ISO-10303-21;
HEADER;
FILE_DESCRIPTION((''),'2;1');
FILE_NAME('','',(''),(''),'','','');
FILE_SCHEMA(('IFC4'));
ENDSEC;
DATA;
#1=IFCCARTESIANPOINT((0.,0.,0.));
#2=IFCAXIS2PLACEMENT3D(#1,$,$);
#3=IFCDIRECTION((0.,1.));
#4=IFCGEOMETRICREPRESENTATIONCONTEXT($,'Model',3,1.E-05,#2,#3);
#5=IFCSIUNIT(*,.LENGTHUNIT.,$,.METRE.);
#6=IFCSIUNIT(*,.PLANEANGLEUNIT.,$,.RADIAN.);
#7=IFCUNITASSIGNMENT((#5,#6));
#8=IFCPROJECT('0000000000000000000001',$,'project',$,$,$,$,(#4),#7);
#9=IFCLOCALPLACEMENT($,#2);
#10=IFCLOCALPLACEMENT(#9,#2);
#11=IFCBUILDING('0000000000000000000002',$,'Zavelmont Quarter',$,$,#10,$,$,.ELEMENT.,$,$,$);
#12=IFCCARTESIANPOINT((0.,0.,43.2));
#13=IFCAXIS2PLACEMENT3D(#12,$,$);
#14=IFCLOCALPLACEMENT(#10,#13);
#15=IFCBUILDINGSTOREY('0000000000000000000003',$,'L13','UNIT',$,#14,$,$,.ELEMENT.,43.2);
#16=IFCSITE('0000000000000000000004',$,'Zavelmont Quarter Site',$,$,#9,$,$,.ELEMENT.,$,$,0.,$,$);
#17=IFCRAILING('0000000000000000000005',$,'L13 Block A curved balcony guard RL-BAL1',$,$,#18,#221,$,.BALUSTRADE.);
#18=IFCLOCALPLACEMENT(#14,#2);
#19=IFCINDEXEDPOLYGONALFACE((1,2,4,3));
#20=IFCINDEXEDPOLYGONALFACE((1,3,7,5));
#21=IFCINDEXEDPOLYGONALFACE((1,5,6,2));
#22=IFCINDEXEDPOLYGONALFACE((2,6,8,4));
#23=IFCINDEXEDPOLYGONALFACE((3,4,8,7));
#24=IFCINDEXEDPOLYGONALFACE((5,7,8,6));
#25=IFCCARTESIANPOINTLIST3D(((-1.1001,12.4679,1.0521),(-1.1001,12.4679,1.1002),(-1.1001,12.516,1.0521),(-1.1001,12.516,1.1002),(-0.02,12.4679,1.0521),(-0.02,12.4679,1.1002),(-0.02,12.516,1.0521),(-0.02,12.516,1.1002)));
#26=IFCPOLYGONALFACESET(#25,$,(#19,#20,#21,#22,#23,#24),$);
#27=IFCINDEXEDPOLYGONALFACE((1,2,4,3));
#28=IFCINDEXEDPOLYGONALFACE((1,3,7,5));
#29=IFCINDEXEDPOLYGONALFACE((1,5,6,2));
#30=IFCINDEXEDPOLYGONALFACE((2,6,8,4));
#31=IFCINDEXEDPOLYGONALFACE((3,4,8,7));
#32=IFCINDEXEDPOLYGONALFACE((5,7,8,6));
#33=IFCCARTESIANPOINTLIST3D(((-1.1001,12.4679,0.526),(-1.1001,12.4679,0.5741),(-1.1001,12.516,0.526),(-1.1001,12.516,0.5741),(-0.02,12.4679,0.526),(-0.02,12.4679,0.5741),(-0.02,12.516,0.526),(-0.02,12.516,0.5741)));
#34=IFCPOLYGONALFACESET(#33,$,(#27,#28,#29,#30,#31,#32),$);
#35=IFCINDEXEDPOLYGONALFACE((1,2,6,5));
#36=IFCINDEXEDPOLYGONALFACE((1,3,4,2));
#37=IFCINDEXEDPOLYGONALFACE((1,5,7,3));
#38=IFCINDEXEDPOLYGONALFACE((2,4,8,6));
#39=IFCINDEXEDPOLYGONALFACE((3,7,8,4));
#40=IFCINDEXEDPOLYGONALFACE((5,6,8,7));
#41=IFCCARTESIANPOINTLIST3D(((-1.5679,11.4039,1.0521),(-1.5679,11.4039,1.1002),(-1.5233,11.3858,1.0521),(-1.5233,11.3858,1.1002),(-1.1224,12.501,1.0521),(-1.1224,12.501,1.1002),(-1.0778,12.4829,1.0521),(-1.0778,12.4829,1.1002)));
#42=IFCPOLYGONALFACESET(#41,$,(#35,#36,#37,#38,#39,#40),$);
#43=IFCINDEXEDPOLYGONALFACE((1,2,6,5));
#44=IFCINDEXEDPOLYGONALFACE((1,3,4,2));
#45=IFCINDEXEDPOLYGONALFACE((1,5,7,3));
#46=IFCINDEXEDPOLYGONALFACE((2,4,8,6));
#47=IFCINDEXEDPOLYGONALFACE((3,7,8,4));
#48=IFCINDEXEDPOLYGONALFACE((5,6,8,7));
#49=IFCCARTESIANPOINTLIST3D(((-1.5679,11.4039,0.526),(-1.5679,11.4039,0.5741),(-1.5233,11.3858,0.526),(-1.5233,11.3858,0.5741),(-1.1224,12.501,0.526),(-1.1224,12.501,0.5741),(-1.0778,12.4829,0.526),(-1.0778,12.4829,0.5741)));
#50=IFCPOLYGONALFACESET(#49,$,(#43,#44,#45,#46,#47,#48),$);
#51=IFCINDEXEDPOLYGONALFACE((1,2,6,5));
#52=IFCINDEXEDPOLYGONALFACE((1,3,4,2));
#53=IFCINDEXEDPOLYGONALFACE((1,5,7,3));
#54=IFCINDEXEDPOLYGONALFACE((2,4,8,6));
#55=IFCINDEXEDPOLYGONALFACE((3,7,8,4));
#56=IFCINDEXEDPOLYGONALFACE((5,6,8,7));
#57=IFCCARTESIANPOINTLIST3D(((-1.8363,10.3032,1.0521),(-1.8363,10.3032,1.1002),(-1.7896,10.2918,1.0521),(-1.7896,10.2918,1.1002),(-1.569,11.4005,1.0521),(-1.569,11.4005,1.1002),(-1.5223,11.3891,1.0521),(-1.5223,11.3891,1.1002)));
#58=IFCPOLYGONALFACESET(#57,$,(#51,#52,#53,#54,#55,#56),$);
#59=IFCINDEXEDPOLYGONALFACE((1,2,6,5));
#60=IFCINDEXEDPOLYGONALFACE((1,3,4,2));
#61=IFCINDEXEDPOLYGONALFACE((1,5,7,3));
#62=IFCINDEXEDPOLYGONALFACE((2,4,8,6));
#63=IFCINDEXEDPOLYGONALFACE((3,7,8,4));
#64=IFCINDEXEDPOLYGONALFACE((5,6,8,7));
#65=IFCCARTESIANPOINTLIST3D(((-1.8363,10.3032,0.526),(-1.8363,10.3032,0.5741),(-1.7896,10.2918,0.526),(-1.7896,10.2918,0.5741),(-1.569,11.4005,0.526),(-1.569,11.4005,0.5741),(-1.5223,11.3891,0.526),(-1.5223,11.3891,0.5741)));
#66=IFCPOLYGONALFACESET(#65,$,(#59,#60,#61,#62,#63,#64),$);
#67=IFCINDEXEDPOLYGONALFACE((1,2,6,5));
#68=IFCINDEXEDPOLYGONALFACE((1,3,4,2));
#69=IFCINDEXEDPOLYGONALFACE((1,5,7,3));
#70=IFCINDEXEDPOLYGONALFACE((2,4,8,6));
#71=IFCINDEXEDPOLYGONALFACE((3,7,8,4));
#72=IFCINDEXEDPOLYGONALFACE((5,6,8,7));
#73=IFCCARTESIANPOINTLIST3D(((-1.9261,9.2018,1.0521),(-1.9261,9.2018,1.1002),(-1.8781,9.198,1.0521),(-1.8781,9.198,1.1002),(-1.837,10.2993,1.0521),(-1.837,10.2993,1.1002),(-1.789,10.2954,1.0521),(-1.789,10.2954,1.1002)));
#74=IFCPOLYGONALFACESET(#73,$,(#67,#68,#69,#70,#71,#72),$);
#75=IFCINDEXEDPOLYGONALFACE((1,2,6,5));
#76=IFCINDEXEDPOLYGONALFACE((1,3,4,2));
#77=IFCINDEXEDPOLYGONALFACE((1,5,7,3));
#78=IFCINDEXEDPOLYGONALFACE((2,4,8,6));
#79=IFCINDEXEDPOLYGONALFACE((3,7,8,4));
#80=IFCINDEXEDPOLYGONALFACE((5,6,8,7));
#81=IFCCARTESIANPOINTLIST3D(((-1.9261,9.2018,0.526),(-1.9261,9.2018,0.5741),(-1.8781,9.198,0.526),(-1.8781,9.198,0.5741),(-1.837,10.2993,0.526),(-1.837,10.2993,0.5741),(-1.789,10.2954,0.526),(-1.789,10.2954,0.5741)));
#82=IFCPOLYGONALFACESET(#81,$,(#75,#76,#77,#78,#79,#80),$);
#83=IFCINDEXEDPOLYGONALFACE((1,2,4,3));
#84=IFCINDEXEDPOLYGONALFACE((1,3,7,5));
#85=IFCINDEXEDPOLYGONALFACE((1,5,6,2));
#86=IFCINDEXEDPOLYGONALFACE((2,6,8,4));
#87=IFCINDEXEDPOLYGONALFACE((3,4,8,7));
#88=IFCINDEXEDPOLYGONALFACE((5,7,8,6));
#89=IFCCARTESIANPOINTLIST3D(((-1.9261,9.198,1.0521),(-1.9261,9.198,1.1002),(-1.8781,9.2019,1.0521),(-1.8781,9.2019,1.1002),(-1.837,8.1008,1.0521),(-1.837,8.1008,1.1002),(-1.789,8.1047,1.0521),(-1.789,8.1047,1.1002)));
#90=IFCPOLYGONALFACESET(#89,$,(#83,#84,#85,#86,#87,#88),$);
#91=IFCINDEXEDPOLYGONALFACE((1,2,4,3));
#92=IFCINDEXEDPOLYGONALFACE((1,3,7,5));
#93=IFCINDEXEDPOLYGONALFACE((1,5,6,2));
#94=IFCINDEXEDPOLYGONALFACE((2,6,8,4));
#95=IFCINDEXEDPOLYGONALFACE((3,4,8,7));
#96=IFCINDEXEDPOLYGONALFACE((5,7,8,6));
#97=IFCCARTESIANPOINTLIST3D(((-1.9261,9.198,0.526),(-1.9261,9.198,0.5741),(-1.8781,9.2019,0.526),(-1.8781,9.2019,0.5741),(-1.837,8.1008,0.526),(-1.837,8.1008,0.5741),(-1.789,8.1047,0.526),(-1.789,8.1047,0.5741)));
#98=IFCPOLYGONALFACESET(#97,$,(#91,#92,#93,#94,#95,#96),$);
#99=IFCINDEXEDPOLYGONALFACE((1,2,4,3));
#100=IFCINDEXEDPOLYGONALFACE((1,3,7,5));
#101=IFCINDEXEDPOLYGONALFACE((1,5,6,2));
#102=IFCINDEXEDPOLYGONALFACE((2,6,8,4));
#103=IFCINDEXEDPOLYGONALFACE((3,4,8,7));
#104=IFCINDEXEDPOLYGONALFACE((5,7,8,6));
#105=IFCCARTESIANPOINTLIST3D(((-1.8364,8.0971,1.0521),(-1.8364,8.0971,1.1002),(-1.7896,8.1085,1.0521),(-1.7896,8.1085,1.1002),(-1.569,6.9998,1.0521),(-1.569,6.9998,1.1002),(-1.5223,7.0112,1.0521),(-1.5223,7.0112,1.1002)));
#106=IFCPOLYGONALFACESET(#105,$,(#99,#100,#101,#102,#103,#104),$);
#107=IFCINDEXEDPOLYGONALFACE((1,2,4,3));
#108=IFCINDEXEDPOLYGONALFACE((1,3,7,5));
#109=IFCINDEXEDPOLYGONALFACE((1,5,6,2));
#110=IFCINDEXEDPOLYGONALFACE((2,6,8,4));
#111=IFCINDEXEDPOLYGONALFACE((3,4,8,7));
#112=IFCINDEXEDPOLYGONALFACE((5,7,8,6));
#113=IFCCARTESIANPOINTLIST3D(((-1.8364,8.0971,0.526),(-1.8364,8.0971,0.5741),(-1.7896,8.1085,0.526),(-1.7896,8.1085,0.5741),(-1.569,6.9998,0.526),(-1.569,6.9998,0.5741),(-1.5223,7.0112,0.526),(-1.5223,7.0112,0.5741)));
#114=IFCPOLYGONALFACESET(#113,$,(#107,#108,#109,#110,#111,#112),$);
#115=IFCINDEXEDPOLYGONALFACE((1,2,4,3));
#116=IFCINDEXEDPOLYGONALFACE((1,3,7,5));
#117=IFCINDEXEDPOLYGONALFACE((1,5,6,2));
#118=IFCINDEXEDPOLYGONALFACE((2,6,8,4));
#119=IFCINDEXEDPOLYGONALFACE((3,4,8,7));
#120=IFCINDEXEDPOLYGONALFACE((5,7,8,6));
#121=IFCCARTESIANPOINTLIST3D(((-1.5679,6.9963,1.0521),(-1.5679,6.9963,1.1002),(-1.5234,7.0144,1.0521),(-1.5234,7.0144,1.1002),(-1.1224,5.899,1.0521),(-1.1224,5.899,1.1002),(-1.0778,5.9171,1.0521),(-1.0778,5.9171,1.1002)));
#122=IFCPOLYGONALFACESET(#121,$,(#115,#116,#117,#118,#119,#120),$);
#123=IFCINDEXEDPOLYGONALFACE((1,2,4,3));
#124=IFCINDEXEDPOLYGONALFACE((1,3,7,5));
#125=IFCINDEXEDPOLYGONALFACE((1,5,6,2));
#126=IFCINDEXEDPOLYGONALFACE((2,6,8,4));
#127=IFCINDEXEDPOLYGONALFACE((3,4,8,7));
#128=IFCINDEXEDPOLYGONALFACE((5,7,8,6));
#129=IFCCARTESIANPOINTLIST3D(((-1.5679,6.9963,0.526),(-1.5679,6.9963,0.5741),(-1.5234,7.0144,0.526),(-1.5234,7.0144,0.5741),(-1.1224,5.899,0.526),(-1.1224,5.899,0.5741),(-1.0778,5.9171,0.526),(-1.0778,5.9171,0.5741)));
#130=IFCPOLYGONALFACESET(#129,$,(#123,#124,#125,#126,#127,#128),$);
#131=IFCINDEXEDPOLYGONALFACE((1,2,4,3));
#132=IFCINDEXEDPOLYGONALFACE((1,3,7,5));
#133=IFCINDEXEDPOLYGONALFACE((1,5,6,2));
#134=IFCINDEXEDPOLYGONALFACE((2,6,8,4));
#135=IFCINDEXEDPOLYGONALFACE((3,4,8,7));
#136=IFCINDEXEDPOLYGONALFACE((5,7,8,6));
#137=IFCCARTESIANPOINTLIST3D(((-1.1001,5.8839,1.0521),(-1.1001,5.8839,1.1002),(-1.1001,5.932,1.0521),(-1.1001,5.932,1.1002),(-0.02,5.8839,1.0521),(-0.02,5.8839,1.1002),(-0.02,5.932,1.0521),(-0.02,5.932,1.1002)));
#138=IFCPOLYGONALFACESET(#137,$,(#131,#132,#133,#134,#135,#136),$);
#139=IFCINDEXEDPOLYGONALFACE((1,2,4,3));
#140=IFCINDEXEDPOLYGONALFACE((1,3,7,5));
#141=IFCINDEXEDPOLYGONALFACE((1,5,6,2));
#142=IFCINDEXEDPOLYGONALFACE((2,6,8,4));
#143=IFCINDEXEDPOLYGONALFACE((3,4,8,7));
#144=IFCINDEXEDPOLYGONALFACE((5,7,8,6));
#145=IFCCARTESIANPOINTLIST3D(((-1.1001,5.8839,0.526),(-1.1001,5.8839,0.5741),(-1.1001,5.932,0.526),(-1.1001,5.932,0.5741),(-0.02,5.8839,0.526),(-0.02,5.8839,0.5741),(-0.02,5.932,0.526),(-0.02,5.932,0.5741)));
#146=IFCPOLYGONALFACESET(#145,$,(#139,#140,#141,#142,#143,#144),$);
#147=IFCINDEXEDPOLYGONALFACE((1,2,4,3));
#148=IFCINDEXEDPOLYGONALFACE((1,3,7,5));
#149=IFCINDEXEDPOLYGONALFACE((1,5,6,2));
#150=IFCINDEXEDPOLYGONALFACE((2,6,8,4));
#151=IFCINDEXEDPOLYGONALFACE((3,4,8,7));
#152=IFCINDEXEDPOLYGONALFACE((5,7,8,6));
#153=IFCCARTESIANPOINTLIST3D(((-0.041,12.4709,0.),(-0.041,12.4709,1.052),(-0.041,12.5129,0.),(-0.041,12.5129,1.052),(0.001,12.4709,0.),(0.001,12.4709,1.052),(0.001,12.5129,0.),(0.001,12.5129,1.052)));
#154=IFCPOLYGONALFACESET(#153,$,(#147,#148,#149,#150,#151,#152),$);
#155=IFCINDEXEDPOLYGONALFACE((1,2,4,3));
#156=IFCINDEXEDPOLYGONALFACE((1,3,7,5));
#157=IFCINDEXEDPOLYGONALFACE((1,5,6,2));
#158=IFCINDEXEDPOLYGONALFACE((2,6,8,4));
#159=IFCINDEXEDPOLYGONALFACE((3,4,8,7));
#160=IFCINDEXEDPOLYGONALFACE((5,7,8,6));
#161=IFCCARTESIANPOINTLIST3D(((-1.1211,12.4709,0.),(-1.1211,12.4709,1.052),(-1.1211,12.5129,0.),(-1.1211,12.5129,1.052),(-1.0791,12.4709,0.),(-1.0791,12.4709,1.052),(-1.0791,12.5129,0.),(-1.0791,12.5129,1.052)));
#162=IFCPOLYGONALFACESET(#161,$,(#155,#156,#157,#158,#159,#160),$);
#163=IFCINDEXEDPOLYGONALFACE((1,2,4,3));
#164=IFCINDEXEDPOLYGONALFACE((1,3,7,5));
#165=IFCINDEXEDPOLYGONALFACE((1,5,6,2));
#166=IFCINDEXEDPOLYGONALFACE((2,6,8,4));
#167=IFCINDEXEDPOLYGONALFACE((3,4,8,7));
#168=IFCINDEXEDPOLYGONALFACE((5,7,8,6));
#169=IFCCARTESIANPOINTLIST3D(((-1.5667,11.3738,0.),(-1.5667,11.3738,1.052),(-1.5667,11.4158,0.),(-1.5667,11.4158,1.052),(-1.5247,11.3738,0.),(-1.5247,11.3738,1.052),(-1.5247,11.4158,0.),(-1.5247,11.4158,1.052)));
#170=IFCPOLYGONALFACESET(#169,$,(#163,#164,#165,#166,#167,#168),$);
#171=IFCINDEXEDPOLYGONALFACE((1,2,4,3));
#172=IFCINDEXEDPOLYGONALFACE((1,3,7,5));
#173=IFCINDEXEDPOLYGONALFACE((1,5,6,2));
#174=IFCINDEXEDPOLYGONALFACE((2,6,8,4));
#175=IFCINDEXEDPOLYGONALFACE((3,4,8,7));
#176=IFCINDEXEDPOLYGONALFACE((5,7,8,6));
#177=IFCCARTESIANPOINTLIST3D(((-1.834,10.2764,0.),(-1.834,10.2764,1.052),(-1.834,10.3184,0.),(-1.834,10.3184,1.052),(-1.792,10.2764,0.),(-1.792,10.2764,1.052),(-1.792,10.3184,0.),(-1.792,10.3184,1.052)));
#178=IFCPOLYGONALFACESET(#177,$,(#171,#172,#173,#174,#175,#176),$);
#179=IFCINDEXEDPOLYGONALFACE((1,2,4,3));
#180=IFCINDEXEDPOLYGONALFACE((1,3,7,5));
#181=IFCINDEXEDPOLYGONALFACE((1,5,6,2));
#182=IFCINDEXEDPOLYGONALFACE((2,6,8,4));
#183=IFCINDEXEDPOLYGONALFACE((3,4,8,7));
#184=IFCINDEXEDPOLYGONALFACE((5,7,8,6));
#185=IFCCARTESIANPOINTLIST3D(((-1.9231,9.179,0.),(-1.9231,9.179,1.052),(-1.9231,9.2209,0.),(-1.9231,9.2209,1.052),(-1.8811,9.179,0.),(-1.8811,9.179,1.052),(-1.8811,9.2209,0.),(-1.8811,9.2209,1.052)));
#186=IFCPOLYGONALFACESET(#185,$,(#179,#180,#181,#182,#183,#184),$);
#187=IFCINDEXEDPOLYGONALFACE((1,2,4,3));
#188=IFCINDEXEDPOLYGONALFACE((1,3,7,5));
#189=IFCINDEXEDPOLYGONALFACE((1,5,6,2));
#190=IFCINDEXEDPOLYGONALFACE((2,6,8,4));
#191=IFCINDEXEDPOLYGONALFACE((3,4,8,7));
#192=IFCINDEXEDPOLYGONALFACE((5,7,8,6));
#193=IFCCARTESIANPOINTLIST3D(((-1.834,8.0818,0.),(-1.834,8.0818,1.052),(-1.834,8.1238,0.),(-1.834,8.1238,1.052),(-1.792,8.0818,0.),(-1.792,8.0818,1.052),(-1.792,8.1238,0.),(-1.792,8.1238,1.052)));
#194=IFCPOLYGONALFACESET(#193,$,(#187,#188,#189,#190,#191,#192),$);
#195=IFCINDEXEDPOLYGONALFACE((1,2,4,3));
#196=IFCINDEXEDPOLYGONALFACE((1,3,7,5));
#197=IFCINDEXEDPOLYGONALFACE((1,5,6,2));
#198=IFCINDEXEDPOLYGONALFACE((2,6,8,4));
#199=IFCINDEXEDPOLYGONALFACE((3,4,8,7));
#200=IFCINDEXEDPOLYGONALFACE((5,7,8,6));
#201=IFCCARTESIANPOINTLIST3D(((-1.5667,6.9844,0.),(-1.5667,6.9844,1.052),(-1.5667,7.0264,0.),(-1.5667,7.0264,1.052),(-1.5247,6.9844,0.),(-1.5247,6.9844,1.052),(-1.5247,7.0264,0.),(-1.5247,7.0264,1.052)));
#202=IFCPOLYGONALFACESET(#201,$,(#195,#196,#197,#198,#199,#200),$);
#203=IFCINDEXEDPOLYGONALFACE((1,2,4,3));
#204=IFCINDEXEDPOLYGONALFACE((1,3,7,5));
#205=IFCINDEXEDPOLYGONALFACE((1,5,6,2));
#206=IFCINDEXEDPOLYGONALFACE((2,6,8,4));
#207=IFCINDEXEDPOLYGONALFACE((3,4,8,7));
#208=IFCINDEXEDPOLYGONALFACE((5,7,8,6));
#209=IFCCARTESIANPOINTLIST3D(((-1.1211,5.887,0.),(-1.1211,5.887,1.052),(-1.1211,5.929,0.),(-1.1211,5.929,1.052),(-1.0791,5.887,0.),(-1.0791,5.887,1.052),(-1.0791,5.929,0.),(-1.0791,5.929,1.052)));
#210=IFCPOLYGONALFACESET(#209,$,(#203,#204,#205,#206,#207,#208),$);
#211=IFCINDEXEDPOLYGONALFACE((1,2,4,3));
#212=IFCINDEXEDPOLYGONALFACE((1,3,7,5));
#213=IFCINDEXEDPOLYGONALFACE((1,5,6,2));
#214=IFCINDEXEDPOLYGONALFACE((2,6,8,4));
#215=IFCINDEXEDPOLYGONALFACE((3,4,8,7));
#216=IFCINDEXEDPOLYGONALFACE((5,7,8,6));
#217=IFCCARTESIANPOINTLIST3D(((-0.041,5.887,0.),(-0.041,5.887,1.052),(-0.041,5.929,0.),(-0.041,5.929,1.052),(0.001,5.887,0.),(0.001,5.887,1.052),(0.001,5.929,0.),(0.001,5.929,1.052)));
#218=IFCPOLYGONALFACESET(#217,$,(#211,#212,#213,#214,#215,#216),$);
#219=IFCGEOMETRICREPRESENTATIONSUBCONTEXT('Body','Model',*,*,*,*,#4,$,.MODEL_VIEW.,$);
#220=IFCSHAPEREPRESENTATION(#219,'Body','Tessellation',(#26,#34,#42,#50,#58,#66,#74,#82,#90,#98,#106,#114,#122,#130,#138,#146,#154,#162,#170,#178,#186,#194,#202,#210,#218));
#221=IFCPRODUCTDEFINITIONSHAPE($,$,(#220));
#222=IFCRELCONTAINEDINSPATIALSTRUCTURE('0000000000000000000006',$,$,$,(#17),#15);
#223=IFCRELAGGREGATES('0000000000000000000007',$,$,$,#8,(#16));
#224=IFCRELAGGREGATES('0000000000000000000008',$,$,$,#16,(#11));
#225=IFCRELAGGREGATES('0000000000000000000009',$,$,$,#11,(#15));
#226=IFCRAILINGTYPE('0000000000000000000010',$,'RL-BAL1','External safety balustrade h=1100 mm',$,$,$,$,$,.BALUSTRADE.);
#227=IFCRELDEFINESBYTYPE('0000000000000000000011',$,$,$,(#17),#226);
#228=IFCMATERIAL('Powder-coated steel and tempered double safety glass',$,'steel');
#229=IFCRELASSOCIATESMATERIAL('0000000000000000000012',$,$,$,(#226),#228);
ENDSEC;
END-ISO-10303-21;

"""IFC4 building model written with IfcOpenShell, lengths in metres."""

from ifc_helpers import new_model, si_unit, direction, frame, origin, origin_2d, place, context, subcontext, project, spatial, rectangle, extrude, material, type_object, element, save


model = new_model("IFC4")

# Units and contexts
model_context = context("Model", 3, precision=1e-05, world=origin(), true_north=direction((0.0, 1.0)))
body_context = subcontext(model_context, "Body", "Model", "MODEL_VIEW")
ifc_project = project(units=[si_unit("LENGTHUNIT", "METRE"), si_unit("PLANEANGLEUNIT", "RADIAN")], contexts=[model_context])

# Site, building, storey
site_placement = place(None, origin())
site = spatial("IfcSite", under=ifc_project, at=site_placement, Name="Zavelmont Quarter Site", CompositionType="ELEMENT", RefElevation=0.0)
building_placement = place(site_placement, origin())
building = spatial("IfcBuilding", under=site, at=building_placement, Name="Zavelmont Quarter", CompositionType="ELEMENT")
storey_placement = place(building_placement, frame((0.0, 0.0, 43.2)))
storey = spatial("IfcBuildingStorey", under=building, at=storey_placement, Name="L13", Description="UNIT", CompositionType="ELEMENT", Elevation=43.2)

# Railing
ifc_material_1 = material(Name="Powder-coated steel and tempered double safety glass", Category="steel")
railing_type_1 = type_object("IfcRailingType", Name="RL-BAL1", Description="External safety balustrade h=1100 mm", PredefinedType="BALUSTRADE", material=ifc_material_1)
railing_1_placement = place(storey_placement, frame((-0.02, 12.4919, 0.0)))
element("IfcRailing", 1, at=railing_1_placement, inside=storey, type_object=railing_type_1, Name="L13 Block A curved balcony guard RL-BAL1", PredefinedType="BALUSTRADE", context=body_context, shape_type="SweptSolid", body=[
    extrude(rectangle(XDim=0.0481, YDim=0.0481, at=origin_2d()), frame((0.0, 0.0, 1.0762), z_axis=(-1.0, 0.0, 0.0), x_axis=(0.0, -1.0, 0.0)), (0.0, 0.0, 1.0), 1.0801),
    extrude(rectangle(XDim=0.0481, YDim=0.0481, at=origin_2d()), frame((0.0, 0.0, 0.55), z_axis=(-1.0, 0.0, 0.0), x_axis=(0.0, -1.0, 0.0)), (0.0, 0.0, 1.0), 1.0801),
    extrude(rectangle(XDim=0.0481, YDim=0.0481, at=origin_2d()), frame((-1.0801, 0.0, 1.0762), z_axis=(-0.376255, -0.926516, 0.0), x_axis=(0.926516, -0.376255, 0.0)), (0.0, 0.0, 1.0), 1.1841),
    extrude(rectangle(XDim=0.0481, YDim=0.0481, at=origin_2d()), frame((-1.0801, 0.0, 0.55), z_axis=(-0.376255, -0.926516, 0.0), x_axis=(0.926516, -0.376255, 0.0)), (0.0, 0.0, 1.0), 1.1841),
    extrude(rectangle(XDim=0.0481, YDim=0.0481, at=origin_2d()), frame((-1.5256, -1.0972, 1.0762), z_axis=(-0.236682, -0.971587, 0.0), x_axis=(0.971587, -0.236682, 0.0)), (0.0, 0.0, 1.0), 1.1294),
    extrude(rectangle(XDim=0.0481, YDim=0.0481, at=origin_2d()), frame((-1.5256, -1.0972, 0.55), z_axis=(-0.236682, -0.971587, 0.0), x_axis=(0.971587, -0.236682, 0.0)), (0.0, 0.0, 1.0), 1.1294),
    extrude(rectangle(XDim=0.0481, YDim=0.0481, at=origin_2d()), frame((-1.793, -2.1946, 1.0762), z_axis=(-0.080935, -0.996719, 0.0), x_axis=(0.996719, -0.080935, 0.0)), (0.0, 0.0, 1.0), 1.1011),
    extrude(rectangle(XDim=0.0481, YDim=0.0481, at=origin_2d()), frame((-1.793, -2.1946, 0.55), z_axis=(-0.080935, -0.996719, 0.0), x_axis=(0.996719, -0.080935, 0.0)), (0.0, 0.0, 1.0), 1.1011),
    extrude(rectangle(XDim=0.0481, YDim=0.0481, at=origin_2d()), frame((-1.8821, -3.292, 1.0762), z_axis=(0.080953, -0.996718, 0.0), x_axis=(0.996718, 0.080953, 0.0)), (0.0, 0.0, 1.0), 1.1008),
    extrude(rectangle(XDim=0.0481, YDim=0.0481, at=origin_2d()), frame((-1.8821, -3.292, 0.55), z_axis=(0.080953, -0.996718, 0.0), x_axis=(0.996718, 0.080953, 0.0)), (0.0, 0.0, 1.0), 1.1008),
    extrude(rectangle(XDim=0.0481, YDim=0.0481, at=origin_2d()), frame((-1.793, -4.3892, 1.0762), z_axis=(0.236682, -0.971587, 0.0), x_axis=(0.971587, 0.236682, 0.0)), (0.0, 0.0, 1.0), 1.1294),
    extrude(rectangle(XDim=0.0481, YDim=0.0481, at=origin_2d()), frame((-1.793, -4.3892, 0.55), z_axis=(0.236682, -0.971587, 0.0), x_axis=(0.971587, 0.236682, 0.0)), (0.0, 0.0, 1.0), 1.1294),
    extrude(rectangle(XDim=0.0481, YDim=0.0481, at=origin_2d()), frame((-1.5256, -5.4866, 1.0762), z_axis=(0.376184, -0.926545, 0.0), x_axis=(0.926545, 0.376184, 0.0)), (0.0, 0.0, 1.0), 1.1843),
    extrude(rectangle(XDim=0.0481, YDim=0.0481, at=origin_2d()), frame((-1.5256, -5.4866, 0.55), z_axis=(0.376184, -0.926545, 0.0), x_axis=(0.926545, 0.376184, 0.0)), (0.0, 0.0, 1.0), 1.1843),
    extrude(rectangle(XDim=0.0481, YDim=0.0481, at=origin_2d()), frame((-1.0801, -6.584, 1.0762), z_axis=(1.0, 0.0, 0.0), x_axis=(0.0, 1.0, 0.0)), (0.0, 0.0, 1.0), 1.0801),
    extrude(rectangle(XDim=0.0481, YDim=0.0481, at=origin_2d()), frame((-1.0801, -6.584, 0.55), z_axis=(1.0, 0.0, 0.0), x_axis=(0.0, 1.0, 0.0)), (0.0, 0.0, 1.0), 1.0801),
    extrude(rectangle(XDim=0.042, YDim=0.042, at=origin_2d()), origin(), (0.0, 0.0, 1.0), 1.052),
    extrude(rectangle(XDim=0.042, YDim=0.042, at=origin_2d()), frame((-1.0801, 0.0, 0.0)), (0.0, 0.0, 1.0), 1.052),
    extrude(rectangle(XDim=0.042, YDim=0.042, at=origin_2d()), frame((-1.5256, -1.0972, 0.0)), (0.0, 0.0, 1.0), 1.052),
    extrude(rectangle(XDim=0.042, YDim=0.042, at=origin_2d()), frame((-1.793, -2.1946, 0.0)), (0.0, 0.0, 1.0), 1.052),
    extrude(rectangle(XDim=0.042, YDim=0.042, at=origin_2d()), frame((-1.8821, -3.292, 0.0)), (0.0, 0.0, 1.0), 1.052),
    extrude(rectangle(XDim=0.042, YDim=0.042, at=origin_2d()), frame((-1.793, -4.3892, 0.0)), (0.0, 0.0, 1.0), 1.052),
    extrude(rectangle(XDim=0.042, YDim=0.042, at=origin_2d()), frame((-1.5256, -5.4866, 0.0)), (0.0, 0.0, 1.0), 1.052),
    extrude(rectangle(XDim=0.042, YDim=0.042, at=origin_2d()), frame((-1.0801, -6.584, 0.0)), (0.0, 0.0, 1.0), 1.052),
    extrude(rectangle(XDim=0.042, YDim=0.042, at=origin_2d()), frame((0.0, -6.584, 0.0)), (0.0, 0.0, 1.0), 1.052),
])

save(model, "model.ifc")
